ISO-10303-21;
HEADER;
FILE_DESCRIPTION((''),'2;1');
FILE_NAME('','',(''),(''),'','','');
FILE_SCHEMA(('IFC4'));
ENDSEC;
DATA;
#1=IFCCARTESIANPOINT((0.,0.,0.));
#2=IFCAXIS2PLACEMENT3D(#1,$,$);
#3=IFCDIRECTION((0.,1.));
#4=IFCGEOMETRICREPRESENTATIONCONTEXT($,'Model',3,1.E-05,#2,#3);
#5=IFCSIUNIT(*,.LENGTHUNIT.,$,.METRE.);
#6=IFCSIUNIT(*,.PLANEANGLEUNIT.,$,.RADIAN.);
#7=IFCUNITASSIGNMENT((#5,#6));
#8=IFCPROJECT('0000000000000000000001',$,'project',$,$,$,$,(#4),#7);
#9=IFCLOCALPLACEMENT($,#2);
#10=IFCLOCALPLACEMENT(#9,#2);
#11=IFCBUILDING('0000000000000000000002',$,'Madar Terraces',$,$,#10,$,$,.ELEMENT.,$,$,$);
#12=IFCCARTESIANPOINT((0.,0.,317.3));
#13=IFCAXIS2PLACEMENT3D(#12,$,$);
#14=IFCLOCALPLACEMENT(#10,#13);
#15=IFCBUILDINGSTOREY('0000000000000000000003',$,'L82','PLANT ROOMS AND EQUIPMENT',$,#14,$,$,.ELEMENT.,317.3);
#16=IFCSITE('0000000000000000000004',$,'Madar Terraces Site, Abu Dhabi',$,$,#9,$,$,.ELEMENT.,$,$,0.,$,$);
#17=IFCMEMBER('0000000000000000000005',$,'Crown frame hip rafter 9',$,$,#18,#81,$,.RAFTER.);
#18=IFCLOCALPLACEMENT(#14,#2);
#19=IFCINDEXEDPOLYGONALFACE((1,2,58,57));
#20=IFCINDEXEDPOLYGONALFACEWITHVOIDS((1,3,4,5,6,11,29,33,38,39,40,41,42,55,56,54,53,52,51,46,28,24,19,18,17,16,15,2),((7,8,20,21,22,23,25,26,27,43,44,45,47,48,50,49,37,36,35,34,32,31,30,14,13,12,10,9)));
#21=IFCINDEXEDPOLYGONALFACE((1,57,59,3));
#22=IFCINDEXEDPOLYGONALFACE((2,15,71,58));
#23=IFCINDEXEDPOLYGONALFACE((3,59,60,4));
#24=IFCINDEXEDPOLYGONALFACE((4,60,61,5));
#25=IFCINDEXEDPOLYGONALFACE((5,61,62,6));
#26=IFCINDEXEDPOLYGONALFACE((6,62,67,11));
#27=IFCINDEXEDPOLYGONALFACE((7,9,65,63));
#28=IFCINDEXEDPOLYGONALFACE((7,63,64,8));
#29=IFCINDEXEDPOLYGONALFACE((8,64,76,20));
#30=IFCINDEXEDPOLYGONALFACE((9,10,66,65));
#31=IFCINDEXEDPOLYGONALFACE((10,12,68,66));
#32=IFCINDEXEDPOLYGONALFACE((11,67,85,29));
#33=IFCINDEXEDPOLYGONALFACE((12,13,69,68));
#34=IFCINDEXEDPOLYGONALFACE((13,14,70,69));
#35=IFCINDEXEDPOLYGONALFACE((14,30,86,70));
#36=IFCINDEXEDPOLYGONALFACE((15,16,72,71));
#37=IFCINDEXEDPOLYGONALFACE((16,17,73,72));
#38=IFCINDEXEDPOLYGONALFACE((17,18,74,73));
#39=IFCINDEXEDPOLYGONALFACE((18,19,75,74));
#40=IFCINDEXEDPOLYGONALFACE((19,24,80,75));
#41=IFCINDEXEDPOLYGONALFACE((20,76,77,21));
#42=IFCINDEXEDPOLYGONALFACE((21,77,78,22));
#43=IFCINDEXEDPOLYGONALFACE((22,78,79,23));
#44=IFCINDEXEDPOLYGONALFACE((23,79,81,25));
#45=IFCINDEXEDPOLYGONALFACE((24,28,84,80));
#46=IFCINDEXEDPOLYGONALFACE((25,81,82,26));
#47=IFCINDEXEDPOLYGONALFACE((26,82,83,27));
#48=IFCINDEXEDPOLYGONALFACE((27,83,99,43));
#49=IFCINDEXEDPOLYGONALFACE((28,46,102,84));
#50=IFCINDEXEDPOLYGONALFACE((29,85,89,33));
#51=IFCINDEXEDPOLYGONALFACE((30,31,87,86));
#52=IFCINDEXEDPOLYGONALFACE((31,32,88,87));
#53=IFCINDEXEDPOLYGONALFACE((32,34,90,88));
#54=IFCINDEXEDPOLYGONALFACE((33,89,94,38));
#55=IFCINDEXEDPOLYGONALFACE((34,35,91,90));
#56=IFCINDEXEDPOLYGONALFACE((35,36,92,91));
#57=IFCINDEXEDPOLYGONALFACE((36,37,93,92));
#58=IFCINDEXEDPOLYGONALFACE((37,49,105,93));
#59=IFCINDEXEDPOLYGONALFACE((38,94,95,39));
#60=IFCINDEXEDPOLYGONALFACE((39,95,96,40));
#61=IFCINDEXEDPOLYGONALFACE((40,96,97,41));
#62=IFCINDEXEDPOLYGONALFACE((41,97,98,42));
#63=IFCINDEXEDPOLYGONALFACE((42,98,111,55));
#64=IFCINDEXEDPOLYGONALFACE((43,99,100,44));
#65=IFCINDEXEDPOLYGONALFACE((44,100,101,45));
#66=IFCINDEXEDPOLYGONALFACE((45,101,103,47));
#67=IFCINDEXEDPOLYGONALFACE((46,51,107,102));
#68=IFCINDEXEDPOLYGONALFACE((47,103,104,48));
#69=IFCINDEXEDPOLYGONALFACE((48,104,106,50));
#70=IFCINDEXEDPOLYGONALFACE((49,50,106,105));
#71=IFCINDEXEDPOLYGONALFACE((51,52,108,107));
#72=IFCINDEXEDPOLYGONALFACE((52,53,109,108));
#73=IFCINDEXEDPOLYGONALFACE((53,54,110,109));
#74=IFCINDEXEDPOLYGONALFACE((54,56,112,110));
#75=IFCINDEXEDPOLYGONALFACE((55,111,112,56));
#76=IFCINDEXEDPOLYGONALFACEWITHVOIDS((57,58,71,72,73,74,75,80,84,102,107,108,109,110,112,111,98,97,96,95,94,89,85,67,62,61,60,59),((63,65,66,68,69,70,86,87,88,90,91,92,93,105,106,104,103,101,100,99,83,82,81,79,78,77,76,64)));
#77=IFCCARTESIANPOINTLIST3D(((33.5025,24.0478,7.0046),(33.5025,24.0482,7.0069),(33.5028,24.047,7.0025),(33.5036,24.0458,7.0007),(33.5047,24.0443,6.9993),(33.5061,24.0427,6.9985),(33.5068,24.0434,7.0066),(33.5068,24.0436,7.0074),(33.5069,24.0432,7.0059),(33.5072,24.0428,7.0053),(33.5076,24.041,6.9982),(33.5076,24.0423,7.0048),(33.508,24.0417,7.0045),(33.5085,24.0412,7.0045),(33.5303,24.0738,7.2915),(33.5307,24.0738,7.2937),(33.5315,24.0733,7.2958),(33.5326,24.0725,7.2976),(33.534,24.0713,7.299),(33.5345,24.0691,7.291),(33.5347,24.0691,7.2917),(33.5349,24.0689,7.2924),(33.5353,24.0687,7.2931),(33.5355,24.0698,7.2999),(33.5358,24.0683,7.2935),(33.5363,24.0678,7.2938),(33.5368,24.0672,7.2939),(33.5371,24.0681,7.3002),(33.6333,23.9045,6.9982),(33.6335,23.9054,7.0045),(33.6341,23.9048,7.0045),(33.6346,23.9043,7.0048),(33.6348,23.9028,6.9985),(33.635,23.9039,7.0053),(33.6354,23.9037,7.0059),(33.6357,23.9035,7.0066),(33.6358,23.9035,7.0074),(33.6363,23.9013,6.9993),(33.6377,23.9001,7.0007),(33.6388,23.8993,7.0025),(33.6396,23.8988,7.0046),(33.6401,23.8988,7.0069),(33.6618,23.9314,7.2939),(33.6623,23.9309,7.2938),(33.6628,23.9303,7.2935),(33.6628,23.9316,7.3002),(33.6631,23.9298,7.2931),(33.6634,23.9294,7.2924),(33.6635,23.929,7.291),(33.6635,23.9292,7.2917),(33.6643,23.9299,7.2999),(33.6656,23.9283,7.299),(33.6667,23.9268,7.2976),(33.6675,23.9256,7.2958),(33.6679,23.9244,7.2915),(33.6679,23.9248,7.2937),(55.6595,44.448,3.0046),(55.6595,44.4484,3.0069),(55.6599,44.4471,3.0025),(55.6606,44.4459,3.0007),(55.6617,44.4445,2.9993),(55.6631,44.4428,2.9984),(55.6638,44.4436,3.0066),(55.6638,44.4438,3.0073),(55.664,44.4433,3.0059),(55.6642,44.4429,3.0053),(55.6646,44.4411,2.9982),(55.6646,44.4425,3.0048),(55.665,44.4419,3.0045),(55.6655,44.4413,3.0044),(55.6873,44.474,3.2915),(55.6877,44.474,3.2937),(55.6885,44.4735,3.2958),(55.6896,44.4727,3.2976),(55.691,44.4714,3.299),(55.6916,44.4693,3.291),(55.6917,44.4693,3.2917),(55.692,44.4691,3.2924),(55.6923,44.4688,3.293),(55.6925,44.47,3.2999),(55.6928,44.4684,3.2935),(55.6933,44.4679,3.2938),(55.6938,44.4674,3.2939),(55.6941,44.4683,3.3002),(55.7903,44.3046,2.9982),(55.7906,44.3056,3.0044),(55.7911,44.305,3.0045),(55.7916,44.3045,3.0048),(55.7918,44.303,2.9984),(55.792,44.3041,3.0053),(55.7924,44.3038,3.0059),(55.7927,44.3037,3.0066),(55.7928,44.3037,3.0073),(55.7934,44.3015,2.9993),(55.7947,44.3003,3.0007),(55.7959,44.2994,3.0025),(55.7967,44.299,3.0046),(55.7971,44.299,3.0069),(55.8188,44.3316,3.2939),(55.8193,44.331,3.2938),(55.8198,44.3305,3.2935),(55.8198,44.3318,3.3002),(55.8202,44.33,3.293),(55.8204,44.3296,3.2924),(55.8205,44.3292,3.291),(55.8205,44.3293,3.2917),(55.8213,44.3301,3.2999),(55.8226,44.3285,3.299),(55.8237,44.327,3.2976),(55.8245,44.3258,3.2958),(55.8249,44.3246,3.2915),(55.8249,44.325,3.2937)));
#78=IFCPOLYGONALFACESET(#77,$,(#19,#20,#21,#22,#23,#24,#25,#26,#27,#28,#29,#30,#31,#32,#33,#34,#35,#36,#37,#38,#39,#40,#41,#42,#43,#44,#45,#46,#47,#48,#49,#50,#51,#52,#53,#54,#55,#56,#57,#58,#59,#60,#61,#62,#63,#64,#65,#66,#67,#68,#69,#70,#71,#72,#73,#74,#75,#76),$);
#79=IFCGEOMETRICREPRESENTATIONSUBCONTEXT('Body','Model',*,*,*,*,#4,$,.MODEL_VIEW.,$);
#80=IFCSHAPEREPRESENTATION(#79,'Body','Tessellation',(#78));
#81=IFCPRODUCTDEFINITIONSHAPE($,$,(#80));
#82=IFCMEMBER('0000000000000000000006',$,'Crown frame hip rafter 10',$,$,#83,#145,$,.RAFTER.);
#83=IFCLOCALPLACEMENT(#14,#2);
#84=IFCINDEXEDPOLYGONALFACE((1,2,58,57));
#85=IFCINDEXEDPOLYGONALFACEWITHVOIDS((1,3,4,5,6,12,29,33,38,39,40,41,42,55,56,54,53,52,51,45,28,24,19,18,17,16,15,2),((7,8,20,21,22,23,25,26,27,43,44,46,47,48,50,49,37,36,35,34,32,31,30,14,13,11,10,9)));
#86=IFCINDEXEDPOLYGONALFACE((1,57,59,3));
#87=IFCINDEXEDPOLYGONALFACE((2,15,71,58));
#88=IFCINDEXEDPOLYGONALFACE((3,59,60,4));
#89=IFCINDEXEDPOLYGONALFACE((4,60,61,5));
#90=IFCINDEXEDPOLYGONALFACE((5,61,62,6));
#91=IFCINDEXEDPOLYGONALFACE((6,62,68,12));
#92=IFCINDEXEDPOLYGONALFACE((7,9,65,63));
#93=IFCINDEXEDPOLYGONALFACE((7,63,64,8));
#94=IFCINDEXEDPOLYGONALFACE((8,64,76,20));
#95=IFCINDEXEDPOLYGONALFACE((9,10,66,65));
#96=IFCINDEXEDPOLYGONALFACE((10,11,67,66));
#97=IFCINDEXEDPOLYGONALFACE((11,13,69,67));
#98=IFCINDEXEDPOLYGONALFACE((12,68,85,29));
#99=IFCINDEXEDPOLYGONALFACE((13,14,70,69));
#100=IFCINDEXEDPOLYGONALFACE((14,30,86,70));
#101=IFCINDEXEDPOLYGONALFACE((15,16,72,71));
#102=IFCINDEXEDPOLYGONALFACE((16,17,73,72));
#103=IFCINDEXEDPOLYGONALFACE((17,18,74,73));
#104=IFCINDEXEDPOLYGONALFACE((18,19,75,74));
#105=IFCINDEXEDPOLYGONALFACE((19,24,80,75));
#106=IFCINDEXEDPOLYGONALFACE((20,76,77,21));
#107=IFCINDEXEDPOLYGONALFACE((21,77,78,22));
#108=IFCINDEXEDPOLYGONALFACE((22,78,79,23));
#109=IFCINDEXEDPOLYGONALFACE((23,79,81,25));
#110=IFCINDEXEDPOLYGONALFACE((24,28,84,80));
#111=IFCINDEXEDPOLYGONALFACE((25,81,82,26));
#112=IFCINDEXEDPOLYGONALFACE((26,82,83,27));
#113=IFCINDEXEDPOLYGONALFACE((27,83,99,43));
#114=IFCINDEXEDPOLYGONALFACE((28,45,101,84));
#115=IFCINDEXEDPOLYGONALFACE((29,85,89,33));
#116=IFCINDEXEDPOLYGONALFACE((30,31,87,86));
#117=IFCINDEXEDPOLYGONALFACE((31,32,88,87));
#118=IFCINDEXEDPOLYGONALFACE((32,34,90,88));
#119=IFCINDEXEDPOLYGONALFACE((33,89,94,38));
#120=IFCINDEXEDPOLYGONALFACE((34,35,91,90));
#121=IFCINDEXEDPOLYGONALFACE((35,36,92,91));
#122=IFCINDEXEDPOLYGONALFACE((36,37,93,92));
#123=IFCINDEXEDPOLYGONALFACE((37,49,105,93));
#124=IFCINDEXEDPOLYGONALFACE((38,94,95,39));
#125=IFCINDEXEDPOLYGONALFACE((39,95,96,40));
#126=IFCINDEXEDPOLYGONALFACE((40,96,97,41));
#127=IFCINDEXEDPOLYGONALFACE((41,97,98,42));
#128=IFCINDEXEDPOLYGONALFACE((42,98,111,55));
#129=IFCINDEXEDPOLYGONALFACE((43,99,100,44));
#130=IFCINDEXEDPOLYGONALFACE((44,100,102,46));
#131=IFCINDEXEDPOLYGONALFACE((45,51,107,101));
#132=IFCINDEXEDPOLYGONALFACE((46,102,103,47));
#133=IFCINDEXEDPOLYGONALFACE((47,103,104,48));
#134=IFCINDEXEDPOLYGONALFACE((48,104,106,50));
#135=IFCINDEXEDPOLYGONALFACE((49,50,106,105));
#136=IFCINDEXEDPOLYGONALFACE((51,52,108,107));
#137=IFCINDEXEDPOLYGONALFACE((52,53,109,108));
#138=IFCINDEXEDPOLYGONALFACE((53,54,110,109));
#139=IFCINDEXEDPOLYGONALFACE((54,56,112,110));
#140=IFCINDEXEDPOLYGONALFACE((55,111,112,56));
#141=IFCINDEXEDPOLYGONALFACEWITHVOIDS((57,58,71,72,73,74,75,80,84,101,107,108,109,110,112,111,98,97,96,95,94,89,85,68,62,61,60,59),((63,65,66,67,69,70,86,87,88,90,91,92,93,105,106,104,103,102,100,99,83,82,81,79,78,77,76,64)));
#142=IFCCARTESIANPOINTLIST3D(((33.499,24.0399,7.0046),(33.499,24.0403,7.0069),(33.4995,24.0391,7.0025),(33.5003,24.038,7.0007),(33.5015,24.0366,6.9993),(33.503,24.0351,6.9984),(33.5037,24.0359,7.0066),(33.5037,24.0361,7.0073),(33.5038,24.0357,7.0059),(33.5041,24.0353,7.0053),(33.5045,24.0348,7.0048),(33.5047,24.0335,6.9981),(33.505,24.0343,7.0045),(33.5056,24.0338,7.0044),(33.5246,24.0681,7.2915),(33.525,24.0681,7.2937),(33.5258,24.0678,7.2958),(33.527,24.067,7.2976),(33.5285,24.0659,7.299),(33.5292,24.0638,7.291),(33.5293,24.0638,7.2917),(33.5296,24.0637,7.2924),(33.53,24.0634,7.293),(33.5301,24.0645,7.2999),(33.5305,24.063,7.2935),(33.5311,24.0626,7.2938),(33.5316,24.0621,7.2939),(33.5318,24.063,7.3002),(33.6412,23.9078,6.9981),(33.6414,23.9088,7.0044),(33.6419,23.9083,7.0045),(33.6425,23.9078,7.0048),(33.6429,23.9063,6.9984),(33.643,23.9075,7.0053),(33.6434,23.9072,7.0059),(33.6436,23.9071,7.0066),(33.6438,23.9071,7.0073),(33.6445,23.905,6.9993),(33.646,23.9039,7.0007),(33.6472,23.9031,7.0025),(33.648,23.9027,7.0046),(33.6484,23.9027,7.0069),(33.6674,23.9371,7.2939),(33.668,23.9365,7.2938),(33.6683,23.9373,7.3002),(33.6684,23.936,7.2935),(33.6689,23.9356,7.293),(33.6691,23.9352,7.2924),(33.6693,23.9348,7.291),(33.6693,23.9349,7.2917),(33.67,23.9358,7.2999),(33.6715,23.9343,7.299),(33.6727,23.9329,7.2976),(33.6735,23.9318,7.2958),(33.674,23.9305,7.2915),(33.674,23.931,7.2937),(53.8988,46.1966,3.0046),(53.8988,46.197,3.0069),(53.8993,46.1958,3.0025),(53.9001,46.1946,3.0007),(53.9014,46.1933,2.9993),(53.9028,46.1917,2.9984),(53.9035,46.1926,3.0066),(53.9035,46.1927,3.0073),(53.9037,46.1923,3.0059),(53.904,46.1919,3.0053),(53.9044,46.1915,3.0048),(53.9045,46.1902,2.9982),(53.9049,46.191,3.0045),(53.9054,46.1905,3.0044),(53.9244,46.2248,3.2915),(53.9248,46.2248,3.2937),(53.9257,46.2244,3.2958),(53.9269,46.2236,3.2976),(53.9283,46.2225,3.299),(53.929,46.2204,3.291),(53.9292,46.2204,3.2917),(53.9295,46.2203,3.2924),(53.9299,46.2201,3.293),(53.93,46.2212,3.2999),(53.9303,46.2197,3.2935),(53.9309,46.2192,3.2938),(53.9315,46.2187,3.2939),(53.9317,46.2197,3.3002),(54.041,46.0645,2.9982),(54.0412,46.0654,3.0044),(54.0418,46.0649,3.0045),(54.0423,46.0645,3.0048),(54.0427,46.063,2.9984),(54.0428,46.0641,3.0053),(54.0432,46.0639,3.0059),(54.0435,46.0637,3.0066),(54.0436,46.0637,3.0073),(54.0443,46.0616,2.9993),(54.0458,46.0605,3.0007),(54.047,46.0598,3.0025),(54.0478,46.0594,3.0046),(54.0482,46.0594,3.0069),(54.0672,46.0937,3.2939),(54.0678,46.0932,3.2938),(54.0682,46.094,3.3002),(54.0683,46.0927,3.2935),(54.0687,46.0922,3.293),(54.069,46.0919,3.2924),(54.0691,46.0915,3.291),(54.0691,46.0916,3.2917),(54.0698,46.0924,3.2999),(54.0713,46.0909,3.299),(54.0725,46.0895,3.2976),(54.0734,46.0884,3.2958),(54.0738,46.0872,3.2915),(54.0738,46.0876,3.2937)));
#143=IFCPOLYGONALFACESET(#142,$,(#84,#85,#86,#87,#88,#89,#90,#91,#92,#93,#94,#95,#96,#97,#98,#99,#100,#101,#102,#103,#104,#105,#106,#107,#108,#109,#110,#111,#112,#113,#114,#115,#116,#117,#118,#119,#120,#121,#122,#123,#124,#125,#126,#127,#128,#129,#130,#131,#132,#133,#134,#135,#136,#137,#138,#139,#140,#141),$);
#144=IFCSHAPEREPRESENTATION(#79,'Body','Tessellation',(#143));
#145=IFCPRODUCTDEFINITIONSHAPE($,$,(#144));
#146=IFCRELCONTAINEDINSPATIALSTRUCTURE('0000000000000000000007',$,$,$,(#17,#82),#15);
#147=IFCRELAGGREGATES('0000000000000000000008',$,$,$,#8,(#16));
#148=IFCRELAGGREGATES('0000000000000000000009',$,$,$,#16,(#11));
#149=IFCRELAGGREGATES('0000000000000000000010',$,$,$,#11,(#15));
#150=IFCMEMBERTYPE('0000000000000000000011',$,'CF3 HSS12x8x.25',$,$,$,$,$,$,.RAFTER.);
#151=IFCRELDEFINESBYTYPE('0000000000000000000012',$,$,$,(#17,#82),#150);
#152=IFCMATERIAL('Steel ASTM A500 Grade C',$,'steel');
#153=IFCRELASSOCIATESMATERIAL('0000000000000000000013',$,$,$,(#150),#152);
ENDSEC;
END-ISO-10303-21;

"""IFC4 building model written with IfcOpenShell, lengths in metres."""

from ifc_helpers import new_model, si_unit, direction, frame, origin, origin_2d, place, context, subcontext, project, spatial, hollow_rectangle, extrude, material, material_profile, profile_set, type_object, element, save


model = new_model("IFC4")

# Units and contexts
model_context = context("Model", 3, precision=1e-05, world=origin(), true_north=direction((0.0, 1.0)))
body_context = subcontext(model_context, "Body", "Model", "MODEL_VIEW")
ifc_project = project(units=[si_unit("LENGTHUNIT", "METRE"), si_unit("PLANEANGLEUNIT", "RADIAN")], contexts=[model_context])

# Site, building, storey
site_placement = place(None, origin())
site = spatial("IfcSite", under=ifc_project, at=site_placement, Name="Madar Terraces Site, Abu Dhabi", CompositionType="ELEMENT", RefElevation=0.0)
building_placement = place(site_placement, origin())
building = spatial("IfcBuilding", under=site, at=building_placement, Name="Madar Terraces", CompositionType="ELEMENT")
storey_placement = place(building_placement, frame((0.0, 0.0, 317.3)))
storey = spatial("IfcBuildingStorey", under=building, at=storey_placement, Name="L82", Description="PLANT ROOMS AND EQUIPMENT", CompositionType="ELEMENT", Elevation=317.3)

# Members
ifc_material_1 = material(Name="Steel ASTM A500 Grade C", Category="steel")
ifc_material_profile_1 = material_profile(ifc_material_1, hollow_rectangle(XDim=0.2031, YDim=0.3047, WallThickness=0.0063, InnerFilletRadius=0.0029, OuterFilletRadius=0.0088, at=origin_2d()), Name="HSS12x8x.25")
ifc_profile_set_1 = profile_set([ifc_material_profile_1], Name="Steel ASTM A500 Grade C")
member_type_1 = type_object("IfcMemberType", Name="CF3 HSS12x8x.25", PredefinedType="RAFTER", material=ifc_profile_set_1)
member_1_placement = place(storey_placement, frame((55.7422, 44.3865, 3.1492), z_axis=(-0.729267, -0.671443, 0.131655), x_axis=(0.677339, -0.735671, 0.0)))
element("IfcMember", 1, at=member_1_placement, inside=storey, type_object=member_type_1, Name="Crown frame hip rafter 9", PredefinedType="RAFTER", context=body_context, shape_type="SweptSolid", body=[
    extrude(hollow_rectangle(XDim=0.2031, YDim=0.3047, WallThickness=0.0063, InnerFilletRadius=0.0029, OuterFilletRadius=0.0088, at=origin_2d()), origin(), (0.0, 0.0, 1.0), 30.3826),
])
member_2_placement = place(storey_placement, frame((53.9863, 46.1421, 3.1492), z_axis=(-0.671443, -0.729267, 0.131656), x_axis=(0.735671, -0.677339, 0.0)))
element("IfcMember", 2, at=member_2_placement, inside=storey, type_object=member_type_1, Name="Crown frame hip rafter 10", PredefinedType="RAFTER", context=body_context, shape_type="SweptSolid", body=[
    extrude(hollow_rectangle(XDim=0.2031, YDim=0.3047, WallThickness=0.0063, InnerFilletRadius=0.0029, OuterFilletRadius=0.0088, at=origin_2d()), origin(), (0.0, 0.0, 1.0), 30.3821),
])

save(model, "model.ifc")
